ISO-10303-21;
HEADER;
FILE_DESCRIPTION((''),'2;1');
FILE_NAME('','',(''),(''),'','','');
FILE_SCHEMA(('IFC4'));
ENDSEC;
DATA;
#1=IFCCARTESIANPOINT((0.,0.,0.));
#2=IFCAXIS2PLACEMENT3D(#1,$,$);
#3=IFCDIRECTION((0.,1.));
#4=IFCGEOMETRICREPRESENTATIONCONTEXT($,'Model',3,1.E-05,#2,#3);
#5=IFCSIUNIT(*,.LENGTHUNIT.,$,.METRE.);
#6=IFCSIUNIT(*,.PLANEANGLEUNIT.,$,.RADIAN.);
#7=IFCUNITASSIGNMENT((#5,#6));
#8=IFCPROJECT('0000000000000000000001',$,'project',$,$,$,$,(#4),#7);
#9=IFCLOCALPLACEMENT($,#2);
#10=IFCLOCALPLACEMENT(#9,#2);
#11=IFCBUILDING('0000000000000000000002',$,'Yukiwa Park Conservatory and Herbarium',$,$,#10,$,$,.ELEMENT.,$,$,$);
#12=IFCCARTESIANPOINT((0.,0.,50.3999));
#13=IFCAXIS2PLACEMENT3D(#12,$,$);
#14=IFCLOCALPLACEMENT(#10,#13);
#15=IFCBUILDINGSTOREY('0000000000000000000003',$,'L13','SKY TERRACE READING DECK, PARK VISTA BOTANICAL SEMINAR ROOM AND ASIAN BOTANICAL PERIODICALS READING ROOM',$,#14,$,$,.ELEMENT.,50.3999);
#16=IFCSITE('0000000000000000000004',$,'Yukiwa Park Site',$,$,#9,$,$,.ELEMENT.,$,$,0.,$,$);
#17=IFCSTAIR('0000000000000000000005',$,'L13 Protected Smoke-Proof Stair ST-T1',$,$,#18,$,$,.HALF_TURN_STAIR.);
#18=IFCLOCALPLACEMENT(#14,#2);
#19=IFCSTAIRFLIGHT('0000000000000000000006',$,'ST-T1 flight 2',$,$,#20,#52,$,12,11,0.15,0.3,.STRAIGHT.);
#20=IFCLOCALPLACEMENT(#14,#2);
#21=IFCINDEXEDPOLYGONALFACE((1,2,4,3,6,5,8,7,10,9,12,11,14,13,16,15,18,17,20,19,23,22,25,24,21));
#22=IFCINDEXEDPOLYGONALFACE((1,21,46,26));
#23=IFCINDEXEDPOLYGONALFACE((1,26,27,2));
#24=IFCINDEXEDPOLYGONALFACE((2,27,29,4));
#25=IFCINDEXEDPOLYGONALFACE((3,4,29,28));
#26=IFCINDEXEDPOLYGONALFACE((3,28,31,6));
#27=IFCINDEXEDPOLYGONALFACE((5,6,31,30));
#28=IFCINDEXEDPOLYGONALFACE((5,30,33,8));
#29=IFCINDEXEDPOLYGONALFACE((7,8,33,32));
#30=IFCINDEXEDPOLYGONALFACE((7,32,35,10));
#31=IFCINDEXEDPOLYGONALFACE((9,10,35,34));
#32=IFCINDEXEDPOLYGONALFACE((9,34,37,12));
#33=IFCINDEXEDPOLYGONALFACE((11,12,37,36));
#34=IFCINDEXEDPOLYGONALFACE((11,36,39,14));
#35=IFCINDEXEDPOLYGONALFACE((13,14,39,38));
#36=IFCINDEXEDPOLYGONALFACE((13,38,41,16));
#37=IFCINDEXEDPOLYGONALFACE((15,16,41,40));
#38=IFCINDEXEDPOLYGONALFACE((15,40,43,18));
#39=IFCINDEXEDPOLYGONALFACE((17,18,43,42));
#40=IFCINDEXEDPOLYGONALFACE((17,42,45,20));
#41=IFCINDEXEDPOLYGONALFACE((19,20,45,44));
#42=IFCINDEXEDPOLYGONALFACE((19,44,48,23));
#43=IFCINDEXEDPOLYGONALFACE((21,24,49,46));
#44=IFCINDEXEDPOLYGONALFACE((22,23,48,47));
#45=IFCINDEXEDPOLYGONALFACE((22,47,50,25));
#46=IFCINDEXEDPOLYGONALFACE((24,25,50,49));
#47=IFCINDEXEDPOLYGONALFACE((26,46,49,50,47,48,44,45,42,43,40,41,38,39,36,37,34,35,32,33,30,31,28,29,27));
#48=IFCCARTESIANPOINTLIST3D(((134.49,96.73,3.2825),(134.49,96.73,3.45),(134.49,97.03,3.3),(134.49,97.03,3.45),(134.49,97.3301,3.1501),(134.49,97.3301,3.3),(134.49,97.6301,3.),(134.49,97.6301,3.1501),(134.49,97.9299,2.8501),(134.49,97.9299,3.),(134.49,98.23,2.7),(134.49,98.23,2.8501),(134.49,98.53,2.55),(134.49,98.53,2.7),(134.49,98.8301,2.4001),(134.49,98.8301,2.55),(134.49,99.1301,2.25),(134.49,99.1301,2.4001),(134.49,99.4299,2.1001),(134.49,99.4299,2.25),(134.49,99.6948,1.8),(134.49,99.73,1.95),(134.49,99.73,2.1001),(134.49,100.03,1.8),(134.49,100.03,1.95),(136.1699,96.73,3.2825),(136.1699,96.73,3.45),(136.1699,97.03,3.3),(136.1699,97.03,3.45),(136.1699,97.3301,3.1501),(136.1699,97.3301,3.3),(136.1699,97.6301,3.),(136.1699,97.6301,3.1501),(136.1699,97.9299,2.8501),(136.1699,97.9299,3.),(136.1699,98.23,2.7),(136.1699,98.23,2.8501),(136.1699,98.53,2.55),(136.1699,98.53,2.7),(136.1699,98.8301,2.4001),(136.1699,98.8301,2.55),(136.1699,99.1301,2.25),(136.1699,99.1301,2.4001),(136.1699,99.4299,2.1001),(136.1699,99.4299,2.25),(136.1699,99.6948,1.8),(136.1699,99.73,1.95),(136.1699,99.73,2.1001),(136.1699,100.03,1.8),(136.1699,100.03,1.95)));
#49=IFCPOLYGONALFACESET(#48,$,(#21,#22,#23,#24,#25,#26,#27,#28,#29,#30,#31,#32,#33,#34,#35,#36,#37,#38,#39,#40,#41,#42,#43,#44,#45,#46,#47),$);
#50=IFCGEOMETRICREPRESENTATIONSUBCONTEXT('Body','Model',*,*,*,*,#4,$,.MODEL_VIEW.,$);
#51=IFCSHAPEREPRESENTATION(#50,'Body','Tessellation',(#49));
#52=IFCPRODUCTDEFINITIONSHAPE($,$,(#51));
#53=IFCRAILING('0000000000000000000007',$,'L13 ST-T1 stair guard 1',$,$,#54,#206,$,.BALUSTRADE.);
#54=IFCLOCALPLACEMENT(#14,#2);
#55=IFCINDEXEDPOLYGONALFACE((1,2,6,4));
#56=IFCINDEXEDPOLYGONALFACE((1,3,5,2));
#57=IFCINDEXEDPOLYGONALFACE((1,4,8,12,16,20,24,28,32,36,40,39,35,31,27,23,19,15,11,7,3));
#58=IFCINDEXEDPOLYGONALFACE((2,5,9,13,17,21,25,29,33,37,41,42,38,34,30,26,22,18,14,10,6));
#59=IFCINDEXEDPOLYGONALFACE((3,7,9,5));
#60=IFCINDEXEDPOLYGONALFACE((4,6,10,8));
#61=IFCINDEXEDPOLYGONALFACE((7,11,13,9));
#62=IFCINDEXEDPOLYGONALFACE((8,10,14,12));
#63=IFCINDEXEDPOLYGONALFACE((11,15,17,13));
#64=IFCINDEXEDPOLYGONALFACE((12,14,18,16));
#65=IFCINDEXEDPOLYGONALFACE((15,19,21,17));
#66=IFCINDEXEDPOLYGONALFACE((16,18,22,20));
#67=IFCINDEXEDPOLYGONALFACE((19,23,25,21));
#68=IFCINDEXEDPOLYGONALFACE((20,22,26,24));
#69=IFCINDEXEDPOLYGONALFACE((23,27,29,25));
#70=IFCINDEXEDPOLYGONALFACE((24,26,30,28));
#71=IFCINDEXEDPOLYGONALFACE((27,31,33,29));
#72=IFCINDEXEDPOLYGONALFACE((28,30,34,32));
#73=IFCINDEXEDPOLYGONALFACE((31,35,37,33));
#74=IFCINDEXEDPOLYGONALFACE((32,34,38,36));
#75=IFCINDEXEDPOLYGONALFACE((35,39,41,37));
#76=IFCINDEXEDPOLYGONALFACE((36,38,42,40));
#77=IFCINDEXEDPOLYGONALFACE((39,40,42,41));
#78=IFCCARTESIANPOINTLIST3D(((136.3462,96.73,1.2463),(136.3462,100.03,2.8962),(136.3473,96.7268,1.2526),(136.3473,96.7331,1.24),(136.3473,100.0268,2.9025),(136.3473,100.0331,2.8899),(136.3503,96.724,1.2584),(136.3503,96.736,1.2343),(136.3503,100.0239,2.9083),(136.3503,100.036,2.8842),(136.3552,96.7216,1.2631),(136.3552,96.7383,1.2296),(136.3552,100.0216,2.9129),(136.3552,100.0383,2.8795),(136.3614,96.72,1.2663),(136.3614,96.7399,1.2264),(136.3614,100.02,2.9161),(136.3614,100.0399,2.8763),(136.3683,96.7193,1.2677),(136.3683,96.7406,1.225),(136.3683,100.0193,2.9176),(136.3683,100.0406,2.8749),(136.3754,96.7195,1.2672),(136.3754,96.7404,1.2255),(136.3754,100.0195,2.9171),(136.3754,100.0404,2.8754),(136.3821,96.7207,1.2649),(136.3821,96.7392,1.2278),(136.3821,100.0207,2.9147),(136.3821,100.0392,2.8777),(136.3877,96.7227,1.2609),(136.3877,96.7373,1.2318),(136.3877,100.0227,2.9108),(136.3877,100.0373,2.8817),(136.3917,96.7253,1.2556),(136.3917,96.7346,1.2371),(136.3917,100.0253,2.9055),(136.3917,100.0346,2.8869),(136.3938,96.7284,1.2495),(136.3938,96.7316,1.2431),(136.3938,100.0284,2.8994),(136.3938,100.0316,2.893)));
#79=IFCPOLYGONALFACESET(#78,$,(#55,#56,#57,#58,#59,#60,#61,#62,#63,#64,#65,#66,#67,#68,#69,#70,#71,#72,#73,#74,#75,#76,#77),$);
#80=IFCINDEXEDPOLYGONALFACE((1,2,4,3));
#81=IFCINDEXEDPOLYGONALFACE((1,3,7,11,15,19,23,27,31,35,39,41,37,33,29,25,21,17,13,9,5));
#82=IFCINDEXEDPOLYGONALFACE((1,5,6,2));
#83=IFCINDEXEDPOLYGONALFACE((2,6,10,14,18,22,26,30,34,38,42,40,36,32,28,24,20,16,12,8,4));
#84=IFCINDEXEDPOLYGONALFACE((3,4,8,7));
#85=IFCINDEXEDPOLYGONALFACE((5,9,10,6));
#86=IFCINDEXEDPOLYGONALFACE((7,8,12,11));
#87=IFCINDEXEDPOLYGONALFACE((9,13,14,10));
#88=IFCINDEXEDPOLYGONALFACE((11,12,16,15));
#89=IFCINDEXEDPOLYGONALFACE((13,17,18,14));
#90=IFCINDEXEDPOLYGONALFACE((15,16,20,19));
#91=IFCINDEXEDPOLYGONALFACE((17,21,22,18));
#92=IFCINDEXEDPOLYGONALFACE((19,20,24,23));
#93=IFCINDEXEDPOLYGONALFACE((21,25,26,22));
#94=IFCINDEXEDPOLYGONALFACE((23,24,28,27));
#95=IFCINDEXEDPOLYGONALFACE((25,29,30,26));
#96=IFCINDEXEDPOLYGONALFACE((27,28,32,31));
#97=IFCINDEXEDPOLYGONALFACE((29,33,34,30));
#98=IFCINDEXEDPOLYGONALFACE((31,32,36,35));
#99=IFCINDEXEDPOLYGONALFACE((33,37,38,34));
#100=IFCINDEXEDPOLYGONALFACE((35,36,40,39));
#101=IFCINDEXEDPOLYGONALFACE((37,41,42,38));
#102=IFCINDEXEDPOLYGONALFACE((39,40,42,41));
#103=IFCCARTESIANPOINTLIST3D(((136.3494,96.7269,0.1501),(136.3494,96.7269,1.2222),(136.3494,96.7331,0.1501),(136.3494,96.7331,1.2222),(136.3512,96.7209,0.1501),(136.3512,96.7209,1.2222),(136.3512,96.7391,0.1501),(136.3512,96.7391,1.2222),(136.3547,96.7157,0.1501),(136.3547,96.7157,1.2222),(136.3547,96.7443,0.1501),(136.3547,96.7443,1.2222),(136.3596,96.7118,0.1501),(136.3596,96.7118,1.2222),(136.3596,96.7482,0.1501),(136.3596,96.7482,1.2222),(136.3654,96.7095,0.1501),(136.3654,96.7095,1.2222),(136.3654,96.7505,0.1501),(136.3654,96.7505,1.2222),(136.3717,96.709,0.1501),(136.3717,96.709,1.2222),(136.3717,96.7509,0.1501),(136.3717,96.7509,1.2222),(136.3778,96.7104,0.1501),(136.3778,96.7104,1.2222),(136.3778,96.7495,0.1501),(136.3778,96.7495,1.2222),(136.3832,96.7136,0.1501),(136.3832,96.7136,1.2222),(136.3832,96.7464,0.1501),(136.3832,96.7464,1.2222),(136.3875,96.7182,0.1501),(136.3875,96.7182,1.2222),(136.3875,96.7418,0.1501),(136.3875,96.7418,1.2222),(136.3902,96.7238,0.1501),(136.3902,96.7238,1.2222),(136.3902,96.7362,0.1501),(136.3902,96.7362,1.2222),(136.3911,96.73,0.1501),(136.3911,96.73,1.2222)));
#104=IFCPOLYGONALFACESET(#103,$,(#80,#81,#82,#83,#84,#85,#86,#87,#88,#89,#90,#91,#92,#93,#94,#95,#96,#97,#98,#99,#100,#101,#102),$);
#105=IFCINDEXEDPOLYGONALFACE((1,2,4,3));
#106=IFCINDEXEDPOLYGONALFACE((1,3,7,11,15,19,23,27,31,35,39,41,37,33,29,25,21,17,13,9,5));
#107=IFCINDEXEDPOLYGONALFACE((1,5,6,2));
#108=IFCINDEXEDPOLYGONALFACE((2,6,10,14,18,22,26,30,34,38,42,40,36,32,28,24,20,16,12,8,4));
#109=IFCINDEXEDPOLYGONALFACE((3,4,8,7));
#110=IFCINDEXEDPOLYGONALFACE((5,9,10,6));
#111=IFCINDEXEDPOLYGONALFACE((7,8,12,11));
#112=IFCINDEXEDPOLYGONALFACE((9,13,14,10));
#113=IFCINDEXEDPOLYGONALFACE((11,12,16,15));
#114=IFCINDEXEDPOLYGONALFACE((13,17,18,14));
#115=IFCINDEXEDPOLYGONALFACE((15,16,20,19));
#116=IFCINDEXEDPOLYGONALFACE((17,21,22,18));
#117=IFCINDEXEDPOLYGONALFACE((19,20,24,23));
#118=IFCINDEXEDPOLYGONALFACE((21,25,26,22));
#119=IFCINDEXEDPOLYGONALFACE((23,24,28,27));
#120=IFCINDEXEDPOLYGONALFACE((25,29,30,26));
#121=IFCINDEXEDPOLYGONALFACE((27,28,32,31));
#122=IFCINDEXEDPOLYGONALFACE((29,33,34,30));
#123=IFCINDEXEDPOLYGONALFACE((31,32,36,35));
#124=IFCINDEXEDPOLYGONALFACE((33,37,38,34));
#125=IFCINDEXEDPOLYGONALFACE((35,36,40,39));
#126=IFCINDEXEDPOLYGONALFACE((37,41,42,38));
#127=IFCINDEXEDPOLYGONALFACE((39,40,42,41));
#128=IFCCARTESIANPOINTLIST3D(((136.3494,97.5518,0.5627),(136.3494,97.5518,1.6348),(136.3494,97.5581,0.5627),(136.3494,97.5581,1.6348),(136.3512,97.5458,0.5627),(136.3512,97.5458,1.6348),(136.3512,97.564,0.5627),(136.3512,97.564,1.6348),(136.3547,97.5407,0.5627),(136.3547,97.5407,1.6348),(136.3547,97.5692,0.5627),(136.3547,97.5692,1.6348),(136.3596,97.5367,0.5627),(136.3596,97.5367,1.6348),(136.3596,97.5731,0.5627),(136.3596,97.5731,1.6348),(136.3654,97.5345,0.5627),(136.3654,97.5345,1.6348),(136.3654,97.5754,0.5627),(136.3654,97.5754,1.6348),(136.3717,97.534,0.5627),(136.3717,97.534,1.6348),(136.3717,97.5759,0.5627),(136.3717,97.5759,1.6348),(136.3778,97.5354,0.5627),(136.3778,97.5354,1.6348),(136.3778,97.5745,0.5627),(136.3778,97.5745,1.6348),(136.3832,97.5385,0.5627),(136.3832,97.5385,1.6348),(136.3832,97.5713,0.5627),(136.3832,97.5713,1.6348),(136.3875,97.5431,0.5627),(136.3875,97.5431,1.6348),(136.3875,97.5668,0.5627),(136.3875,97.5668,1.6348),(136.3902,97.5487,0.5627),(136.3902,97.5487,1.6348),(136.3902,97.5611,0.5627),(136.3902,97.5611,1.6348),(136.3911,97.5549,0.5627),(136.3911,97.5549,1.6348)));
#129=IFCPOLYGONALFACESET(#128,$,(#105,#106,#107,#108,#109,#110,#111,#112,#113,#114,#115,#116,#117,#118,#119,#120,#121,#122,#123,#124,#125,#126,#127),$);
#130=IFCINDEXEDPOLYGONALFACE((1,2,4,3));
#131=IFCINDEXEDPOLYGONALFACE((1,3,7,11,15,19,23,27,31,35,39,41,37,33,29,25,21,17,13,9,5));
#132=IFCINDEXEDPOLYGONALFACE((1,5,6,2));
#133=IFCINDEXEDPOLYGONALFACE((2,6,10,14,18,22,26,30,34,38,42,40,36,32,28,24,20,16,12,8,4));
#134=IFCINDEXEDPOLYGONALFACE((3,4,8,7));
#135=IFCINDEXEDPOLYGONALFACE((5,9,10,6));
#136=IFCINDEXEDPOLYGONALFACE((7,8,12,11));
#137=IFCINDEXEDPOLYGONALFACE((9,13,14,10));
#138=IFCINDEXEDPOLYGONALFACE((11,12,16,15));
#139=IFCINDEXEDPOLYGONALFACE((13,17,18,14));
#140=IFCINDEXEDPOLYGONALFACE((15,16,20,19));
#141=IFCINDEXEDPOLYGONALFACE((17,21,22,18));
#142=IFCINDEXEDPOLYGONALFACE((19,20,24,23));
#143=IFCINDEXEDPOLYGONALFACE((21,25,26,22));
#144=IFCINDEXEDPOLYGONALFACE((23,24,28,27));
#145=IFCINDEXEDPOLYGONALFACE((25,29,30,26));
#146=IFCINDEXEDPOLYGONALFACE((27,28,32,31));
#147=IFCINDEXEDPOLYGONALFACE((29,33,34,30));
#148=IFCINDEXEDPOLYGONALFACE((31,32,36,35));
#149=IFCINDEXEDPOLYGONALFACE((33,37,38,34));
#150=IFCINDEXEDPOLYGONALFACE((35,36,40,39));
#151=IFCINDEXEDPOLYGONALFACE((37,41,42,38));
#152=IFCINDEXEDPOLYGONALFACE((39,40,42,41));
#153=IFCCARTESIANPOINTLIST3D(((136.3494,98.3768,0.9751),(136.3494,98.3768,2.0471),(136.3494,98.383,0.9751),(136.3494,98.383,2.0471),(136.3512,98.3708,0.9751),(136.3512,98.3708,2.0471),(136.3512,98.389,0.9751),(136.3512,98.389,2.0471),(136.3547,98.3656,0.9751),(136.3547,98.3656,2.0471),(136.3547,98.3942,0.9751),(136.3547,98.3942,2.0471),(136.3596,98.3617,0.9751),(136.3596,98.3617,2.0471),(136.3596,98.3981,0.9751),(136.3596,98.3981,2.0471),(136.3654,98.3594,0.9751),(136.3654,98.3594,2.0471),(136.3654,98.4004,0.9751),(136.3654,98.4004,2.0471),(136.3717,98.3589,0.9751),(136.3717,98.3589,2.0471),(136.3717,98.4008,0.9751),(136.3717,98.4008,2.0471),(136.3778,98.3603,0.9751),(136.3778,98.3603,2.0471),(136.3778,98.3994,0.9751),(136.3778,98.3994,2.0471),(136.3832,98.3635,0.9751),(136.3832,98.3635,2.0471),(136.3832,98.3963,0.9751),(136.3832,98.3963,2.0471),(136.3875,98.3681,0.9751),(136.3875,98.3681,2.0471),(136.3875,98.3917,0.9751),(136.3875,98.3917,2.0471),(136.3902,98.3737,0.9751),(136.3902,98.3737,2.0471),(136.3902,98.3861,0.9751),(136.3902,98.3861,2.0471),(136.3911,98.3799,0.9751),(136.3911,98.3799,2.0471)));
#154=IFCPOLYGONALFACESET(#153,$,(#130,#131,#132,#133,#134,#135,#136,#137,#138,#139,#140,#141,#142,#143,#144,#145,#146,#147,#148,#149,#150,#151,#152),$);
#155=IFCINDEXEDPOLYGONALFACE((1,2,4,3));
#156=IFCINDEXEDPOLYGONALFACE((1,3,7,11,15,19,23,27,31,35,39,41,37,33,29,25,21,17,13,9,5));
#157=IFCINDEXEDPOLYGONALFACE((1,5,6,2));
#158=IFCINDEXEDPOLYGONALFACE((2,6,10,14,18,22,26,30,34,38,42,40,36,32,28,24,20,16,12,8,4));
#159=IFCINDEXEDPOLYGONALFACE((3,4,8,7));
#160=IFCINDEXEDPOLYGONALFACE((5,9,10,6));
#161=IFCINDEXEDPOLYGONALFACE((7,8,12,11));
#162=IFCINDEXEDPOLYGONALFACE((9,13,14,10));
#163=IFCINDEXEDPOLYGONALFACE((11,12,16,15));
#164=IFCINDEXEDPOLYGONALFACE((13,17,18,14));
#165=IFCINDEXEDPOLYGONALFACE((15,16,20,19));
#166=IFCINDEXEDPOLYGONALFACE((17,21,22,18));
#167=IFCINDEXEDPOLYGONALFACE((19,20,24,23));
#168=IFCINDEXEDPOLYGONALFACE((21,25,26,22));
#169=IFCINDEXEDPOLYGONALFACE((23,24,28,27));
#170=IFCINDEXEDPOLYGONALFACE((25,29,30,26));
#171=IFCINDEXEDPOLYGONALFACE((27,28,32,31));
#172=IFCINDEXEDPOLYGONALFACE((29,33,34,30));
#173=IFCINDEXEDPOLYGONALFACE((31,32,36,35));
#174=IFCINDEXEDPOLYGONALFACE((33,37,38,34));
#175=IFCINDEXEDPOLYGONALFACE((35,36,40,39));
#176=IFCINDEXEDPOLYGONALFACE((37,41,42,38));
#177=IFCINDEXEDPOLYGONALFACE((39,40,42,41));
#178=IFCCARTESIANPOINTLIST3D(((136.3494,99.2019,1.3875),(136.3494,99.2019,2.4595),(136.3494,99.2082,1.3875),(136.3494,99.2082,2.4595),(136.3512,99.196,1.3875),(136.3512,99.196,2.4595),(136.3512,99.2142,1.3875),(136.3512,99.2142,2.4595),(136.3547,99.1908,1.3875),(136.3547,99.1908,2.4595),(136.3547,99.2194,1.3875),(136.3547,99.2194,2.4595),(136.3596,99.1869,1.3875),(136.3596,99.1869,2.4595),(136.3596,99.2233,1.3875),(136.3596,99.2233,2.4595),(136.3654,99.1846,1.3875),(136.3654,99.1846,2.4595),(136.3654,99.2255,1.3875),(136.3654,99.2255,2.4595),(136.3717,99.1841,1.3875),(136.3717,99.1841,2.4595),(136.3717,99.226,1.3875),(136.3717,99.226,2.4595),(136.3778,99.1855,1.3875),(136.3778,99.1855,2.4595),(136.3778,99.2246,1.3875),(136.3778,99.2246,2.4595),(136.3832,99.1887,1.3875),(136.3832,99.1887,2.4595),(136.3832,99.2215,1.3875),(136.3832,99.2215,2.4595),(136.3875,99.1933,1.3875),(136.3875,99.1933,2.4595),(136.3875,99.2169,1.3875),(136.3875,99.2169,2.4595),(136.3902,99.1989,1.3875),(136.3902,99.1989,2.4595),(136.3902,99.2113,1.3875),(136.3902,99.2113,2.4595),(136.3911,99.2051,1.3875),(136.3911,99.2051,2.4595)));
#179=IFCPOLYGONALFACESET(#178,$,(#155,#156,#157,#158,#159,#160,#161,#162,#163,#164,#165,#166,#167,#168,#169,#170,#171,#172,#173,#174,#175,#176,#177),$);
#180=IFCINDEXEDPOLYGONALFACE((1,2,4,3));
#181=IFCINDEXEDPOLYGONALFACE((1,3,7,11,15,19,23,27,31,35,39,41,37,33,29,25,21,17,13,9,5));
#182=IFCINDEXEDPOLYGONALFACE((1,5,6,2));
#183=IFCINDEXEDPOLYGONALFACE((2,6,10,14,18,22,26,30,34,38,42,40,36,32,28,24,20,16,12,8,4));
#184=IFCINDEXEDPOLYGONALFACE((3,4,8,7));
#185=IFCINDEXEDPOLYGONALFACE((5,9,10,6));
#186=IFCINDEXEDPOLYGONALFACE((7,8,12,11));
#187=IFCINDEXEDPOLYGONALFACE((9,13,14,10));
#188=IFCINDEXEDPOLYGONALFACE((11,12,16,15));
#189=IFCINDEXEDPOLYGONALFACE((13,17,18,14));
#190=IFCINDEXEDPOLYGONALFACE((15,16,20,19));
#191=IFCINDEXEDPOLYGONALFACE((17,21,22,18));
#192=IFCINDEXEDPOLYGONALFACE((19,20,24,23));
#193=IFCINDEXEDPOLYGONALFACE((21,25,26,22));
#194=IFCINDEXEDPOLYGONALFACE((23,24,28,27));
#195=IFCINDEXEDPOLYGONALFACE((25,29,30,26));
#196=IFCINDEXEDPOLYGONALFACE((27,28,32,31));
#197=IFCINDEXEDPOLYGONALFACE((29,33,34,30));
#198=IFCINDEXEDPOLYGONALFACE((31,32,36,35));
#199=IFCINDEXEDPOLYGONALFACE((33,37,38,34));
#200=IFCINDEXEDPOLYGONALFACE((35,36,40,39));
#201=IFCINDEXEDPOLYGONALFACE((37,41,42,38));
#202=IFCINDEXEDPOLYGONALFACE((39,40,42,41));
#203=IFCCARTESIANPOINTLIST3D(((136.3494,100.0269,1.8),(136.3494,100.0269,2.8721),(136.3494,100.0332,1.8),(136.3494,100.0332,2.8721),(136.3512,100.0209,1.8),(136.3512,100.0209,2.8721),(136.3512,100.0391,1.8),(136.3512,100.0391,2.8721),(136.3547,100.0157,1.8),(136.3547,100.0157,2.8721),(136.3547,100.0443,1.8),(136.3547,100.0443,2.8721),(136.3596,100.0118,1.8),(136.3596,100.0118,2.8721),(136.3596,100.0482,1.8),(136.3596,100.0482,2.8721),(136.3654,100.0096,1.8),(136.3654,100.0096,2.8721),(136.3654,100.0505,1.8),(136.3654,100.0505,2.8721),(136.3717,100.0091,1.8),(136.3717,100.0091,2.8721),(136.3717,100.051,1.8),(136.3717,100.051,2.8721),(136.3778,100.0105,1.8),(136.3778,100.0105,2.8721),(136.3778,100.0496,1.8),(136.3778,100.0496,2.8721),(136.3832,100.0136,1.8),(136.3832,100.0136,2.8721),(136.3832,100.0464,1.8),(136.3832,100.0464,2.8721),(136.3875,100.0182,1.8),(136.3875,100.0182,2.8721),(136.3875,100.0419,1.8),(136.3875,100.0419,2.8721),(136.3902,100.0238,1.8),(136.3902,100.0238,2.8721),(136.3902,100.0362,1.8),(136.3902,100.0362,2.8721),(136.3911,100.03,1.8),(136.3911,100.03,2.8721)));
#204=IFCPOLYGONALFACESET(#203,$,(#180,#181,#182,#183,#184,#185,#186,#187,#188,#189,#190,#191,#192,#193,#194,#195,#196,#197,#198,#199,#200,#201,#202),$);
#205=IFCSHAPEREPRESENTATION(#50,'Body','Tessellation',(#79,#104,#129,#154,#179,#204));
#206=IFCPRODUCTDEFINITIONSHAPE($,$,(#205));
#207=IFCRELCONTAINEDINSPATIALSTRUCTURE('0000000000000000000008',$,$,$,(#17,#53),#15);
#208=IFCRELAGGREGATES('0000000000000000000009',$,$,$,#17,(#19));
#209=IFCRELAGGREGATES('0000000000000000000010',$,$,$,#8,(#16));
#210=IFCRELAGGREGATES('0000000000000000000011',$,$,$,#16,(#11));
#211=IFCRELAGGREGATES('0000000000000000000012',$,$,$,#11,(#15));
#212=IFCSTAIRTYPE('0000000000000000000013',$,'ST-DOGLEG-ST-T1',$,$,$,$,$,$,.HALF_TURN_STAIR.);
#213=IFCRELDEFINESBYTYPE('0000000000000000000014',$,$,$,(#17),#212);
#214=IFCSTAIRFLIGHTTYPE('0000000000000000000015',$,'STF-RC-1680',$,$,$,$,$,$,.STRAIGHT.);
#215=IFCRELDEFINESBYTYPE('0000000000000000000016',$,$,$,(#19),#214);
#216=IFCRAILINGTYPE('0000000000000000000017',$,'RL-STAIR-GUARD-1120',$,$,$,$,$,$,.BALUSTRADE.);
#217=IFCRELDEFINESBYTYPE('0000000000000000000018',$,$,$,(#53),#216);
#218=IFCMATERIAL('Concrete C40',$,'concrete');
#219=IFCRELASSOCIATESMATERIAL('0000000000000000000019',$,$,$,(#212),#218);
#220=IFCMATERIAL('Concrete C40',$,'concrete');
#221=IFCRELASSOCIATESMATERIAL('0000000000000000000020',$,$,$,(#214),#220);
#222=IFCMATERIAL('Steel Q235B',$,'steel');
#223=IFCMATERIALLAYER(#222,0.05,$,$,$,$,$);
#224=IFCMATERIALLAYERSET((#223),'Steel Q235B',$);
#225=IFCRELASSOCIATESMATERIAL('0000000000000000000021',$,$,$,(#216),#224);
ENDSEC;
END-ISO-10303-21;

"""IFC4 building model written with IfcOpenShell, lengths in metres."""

from ifc_helpers import new_model, si_unit, direction, frame, origin, origin_2d, place, context, subcontext, project, spatial, polyline, circle, outline, extrude, material, layer, layer_set, type_object, element, aggregate, save


model = new_model("IFC4")

# Units and contexts
model_context = context("Model", 3, precision=1e-05, world=origin(), true_north=direction((0.0, 1.0)))
body_context = subcontext(model_context, "Body", "Model", "MODEL_VIEW")
ifc_project = project(units=[si_unit("LENGTHUNIT", "METRE"), si_unit("PLANEANGLEUNIT", "RADIAN")], contexts=[model_context])

# Site, building, storey
site_placement = place(None, origin())
site = spatial("IfcSite", under=ifc_project, at=site_placement, Name="Yukiwa Park Site", CompositionType="ELEMENT", RefElevation=0.0)
building_placement = place(site_placement, origin())
building = spatial("IfcBuilding", under=site, at=building_placement, Name="Yukiwa Park Conservatory and Herbarium", CompositionType="ELEMENT")
storey_placement = place(building_placement, frame((0.0, 0.0, 50.3999)))
storey = spatial("IfcBuildingStorey", under=building, at=storey_placement, Name="L13", Description="SKY TERRACE READING DECK, PARK VISTA BOTANICAL SEMINAR ROOM AND ASIAN BOTANICAL PERIODICALS READING ROOM", CompositionType="ELEMENT", Elevation=50.3999)

# Stair, stair flight
ifc_material_1 = material(Name="Concrete C40", Category="concrete")
stair_type = type_object("IfcStairType", Name="ST-DOGLEG-ST-T1", PredefinedType="HALF_TURN_STAIR", material=ifc_material_1)
stair_placement = place(storey_placement, origin())
stair = element("IfcStair", 1, at=stair_placement, inside=storey, type_object=stair_type, Name="L13 Protected Smoke-Proof Stair ST-T1", PredefinedType="HALF_TURN_STAIR")
ifc_material_2 = material(Name="Concrete C40", Category="concrete")
stair_flight_type = type_object("IfcStairFlightType", Name="STF-RC-1680", PredefinedType="STRAIGHT", material=ifc_material_2)
stair_flight_placement = place(storey_placement, frame((135.3301, 100.03, 1.8), z_axis=(0.0, 0.0, 1.0), x_axis=(0.0, -1.0, 0.0)))
stair_flight = element("IfcStairFlight", 2, at=stair_flight_placement, type_object=stair_flight_type, Name="ST-T1 flight 2", NumberOfRisers=12, NumberOfTreads=11, PredefinedType="STRAIGHT", RiserHeight=0.15, TreadLength=0.3, context=body_context, shape_type="SweptSolid", body=[
    extrude(outline(polyline([(0.0, 0.0), (0.0, 0.1499), (0.3, 0.1499), (0.3, 0.3), (0.6001, 0.3), (0.6001, 0.45), (0.8999, 0.45), (0.8999, 0.6001), (1.2, 0.6001), (1.2, 0.75), (1.5, 0.75), (1.5, 0.8999), (1.8, 0.8999), (1.8, 1.05), (2.1001, 1.05), (2.1001, 1.2), (2.3999, 1.2), (2.3999, 1.3501), (2.7, 1.3501), (2.7, 1.5), (3.0, 1.5), (3.0, 1.6499), (3.3, 1.6499), (3.3, 1.8), (3.3, 1.4824), (0.3352, 0.0), (0.0, 0.0)])), frame((0.0, 0.8398, 0.0), z_axis=(0.0, -1.0, 0.0), x_axis=(1.0, 0.0, 0.0)), (0.0, 0.0, 1.0), 1.6799),
])
aggregate(stair, [stair_flight])

# Railing
ifc_material_3 = material(Name="Steel Q235B", Category="steel")
ifc_layer_1 = layer(ifc_material_3, 0.05)
ifc_layer_set_1 = layer_set([ifc_layer_1], Name="Steel Q235B")
railing_type_1 = type_object("IfcRailingType", Name="RL-STAIR-GUARD-1120", PredefinedType="BALUSTRADE", material=ifc_layer_set_1)
railing_1_placement = place(storey_placement, frame((136.3701, 96.73, 0.1501)))
element("IfcRailing", 3, at=railing_1_placement, inside=storey, type_object=railing_type_1, Name="L13 ST-T1 stair guard 1", PredefinedType="BALUSTRADE", context=body_context, shape_type="SweptSolid", body=[
    extrude(circle(Radius=0.0239, at=origin_2d()), frame((0.0, 0.0, 1.0962), z_axis=(0.0, 0.89444, 0.447187), x_axis=(-1.0, 0.0, 0.0)), (0.0, 0.0, 1.0), 3.6895),
    extrude(circle(Radius=0.021, at=origin_2d()), origin(), (0.0, 0.0, 1.0), 1.072),
    extrude(circle(Radius=0.021, at=origin_2d()), frame((0.0, 0.825, 0.4126)), (0.0, 0.0, 1.0), 1.072),
    extrude(circle(Radius=0.021, at=origin_2d()), frame((0.0, 1.6499, 0.825)), (0.0, 0.0, 1.0), 1.072),
    extrude(circle(Radius=0.021, at=origin_2d()), frame((0.0, 2.4751, 1.2373)), (0.0, 0.0, 1.0), 1.072),
    extrude(circle(Radius=0.021, at=origin_2d()), frame((0.0, 3.3, 1.6499)), (0.0, 0.0, 1.0), 1.072),
])

save(model, "model.ifc")
